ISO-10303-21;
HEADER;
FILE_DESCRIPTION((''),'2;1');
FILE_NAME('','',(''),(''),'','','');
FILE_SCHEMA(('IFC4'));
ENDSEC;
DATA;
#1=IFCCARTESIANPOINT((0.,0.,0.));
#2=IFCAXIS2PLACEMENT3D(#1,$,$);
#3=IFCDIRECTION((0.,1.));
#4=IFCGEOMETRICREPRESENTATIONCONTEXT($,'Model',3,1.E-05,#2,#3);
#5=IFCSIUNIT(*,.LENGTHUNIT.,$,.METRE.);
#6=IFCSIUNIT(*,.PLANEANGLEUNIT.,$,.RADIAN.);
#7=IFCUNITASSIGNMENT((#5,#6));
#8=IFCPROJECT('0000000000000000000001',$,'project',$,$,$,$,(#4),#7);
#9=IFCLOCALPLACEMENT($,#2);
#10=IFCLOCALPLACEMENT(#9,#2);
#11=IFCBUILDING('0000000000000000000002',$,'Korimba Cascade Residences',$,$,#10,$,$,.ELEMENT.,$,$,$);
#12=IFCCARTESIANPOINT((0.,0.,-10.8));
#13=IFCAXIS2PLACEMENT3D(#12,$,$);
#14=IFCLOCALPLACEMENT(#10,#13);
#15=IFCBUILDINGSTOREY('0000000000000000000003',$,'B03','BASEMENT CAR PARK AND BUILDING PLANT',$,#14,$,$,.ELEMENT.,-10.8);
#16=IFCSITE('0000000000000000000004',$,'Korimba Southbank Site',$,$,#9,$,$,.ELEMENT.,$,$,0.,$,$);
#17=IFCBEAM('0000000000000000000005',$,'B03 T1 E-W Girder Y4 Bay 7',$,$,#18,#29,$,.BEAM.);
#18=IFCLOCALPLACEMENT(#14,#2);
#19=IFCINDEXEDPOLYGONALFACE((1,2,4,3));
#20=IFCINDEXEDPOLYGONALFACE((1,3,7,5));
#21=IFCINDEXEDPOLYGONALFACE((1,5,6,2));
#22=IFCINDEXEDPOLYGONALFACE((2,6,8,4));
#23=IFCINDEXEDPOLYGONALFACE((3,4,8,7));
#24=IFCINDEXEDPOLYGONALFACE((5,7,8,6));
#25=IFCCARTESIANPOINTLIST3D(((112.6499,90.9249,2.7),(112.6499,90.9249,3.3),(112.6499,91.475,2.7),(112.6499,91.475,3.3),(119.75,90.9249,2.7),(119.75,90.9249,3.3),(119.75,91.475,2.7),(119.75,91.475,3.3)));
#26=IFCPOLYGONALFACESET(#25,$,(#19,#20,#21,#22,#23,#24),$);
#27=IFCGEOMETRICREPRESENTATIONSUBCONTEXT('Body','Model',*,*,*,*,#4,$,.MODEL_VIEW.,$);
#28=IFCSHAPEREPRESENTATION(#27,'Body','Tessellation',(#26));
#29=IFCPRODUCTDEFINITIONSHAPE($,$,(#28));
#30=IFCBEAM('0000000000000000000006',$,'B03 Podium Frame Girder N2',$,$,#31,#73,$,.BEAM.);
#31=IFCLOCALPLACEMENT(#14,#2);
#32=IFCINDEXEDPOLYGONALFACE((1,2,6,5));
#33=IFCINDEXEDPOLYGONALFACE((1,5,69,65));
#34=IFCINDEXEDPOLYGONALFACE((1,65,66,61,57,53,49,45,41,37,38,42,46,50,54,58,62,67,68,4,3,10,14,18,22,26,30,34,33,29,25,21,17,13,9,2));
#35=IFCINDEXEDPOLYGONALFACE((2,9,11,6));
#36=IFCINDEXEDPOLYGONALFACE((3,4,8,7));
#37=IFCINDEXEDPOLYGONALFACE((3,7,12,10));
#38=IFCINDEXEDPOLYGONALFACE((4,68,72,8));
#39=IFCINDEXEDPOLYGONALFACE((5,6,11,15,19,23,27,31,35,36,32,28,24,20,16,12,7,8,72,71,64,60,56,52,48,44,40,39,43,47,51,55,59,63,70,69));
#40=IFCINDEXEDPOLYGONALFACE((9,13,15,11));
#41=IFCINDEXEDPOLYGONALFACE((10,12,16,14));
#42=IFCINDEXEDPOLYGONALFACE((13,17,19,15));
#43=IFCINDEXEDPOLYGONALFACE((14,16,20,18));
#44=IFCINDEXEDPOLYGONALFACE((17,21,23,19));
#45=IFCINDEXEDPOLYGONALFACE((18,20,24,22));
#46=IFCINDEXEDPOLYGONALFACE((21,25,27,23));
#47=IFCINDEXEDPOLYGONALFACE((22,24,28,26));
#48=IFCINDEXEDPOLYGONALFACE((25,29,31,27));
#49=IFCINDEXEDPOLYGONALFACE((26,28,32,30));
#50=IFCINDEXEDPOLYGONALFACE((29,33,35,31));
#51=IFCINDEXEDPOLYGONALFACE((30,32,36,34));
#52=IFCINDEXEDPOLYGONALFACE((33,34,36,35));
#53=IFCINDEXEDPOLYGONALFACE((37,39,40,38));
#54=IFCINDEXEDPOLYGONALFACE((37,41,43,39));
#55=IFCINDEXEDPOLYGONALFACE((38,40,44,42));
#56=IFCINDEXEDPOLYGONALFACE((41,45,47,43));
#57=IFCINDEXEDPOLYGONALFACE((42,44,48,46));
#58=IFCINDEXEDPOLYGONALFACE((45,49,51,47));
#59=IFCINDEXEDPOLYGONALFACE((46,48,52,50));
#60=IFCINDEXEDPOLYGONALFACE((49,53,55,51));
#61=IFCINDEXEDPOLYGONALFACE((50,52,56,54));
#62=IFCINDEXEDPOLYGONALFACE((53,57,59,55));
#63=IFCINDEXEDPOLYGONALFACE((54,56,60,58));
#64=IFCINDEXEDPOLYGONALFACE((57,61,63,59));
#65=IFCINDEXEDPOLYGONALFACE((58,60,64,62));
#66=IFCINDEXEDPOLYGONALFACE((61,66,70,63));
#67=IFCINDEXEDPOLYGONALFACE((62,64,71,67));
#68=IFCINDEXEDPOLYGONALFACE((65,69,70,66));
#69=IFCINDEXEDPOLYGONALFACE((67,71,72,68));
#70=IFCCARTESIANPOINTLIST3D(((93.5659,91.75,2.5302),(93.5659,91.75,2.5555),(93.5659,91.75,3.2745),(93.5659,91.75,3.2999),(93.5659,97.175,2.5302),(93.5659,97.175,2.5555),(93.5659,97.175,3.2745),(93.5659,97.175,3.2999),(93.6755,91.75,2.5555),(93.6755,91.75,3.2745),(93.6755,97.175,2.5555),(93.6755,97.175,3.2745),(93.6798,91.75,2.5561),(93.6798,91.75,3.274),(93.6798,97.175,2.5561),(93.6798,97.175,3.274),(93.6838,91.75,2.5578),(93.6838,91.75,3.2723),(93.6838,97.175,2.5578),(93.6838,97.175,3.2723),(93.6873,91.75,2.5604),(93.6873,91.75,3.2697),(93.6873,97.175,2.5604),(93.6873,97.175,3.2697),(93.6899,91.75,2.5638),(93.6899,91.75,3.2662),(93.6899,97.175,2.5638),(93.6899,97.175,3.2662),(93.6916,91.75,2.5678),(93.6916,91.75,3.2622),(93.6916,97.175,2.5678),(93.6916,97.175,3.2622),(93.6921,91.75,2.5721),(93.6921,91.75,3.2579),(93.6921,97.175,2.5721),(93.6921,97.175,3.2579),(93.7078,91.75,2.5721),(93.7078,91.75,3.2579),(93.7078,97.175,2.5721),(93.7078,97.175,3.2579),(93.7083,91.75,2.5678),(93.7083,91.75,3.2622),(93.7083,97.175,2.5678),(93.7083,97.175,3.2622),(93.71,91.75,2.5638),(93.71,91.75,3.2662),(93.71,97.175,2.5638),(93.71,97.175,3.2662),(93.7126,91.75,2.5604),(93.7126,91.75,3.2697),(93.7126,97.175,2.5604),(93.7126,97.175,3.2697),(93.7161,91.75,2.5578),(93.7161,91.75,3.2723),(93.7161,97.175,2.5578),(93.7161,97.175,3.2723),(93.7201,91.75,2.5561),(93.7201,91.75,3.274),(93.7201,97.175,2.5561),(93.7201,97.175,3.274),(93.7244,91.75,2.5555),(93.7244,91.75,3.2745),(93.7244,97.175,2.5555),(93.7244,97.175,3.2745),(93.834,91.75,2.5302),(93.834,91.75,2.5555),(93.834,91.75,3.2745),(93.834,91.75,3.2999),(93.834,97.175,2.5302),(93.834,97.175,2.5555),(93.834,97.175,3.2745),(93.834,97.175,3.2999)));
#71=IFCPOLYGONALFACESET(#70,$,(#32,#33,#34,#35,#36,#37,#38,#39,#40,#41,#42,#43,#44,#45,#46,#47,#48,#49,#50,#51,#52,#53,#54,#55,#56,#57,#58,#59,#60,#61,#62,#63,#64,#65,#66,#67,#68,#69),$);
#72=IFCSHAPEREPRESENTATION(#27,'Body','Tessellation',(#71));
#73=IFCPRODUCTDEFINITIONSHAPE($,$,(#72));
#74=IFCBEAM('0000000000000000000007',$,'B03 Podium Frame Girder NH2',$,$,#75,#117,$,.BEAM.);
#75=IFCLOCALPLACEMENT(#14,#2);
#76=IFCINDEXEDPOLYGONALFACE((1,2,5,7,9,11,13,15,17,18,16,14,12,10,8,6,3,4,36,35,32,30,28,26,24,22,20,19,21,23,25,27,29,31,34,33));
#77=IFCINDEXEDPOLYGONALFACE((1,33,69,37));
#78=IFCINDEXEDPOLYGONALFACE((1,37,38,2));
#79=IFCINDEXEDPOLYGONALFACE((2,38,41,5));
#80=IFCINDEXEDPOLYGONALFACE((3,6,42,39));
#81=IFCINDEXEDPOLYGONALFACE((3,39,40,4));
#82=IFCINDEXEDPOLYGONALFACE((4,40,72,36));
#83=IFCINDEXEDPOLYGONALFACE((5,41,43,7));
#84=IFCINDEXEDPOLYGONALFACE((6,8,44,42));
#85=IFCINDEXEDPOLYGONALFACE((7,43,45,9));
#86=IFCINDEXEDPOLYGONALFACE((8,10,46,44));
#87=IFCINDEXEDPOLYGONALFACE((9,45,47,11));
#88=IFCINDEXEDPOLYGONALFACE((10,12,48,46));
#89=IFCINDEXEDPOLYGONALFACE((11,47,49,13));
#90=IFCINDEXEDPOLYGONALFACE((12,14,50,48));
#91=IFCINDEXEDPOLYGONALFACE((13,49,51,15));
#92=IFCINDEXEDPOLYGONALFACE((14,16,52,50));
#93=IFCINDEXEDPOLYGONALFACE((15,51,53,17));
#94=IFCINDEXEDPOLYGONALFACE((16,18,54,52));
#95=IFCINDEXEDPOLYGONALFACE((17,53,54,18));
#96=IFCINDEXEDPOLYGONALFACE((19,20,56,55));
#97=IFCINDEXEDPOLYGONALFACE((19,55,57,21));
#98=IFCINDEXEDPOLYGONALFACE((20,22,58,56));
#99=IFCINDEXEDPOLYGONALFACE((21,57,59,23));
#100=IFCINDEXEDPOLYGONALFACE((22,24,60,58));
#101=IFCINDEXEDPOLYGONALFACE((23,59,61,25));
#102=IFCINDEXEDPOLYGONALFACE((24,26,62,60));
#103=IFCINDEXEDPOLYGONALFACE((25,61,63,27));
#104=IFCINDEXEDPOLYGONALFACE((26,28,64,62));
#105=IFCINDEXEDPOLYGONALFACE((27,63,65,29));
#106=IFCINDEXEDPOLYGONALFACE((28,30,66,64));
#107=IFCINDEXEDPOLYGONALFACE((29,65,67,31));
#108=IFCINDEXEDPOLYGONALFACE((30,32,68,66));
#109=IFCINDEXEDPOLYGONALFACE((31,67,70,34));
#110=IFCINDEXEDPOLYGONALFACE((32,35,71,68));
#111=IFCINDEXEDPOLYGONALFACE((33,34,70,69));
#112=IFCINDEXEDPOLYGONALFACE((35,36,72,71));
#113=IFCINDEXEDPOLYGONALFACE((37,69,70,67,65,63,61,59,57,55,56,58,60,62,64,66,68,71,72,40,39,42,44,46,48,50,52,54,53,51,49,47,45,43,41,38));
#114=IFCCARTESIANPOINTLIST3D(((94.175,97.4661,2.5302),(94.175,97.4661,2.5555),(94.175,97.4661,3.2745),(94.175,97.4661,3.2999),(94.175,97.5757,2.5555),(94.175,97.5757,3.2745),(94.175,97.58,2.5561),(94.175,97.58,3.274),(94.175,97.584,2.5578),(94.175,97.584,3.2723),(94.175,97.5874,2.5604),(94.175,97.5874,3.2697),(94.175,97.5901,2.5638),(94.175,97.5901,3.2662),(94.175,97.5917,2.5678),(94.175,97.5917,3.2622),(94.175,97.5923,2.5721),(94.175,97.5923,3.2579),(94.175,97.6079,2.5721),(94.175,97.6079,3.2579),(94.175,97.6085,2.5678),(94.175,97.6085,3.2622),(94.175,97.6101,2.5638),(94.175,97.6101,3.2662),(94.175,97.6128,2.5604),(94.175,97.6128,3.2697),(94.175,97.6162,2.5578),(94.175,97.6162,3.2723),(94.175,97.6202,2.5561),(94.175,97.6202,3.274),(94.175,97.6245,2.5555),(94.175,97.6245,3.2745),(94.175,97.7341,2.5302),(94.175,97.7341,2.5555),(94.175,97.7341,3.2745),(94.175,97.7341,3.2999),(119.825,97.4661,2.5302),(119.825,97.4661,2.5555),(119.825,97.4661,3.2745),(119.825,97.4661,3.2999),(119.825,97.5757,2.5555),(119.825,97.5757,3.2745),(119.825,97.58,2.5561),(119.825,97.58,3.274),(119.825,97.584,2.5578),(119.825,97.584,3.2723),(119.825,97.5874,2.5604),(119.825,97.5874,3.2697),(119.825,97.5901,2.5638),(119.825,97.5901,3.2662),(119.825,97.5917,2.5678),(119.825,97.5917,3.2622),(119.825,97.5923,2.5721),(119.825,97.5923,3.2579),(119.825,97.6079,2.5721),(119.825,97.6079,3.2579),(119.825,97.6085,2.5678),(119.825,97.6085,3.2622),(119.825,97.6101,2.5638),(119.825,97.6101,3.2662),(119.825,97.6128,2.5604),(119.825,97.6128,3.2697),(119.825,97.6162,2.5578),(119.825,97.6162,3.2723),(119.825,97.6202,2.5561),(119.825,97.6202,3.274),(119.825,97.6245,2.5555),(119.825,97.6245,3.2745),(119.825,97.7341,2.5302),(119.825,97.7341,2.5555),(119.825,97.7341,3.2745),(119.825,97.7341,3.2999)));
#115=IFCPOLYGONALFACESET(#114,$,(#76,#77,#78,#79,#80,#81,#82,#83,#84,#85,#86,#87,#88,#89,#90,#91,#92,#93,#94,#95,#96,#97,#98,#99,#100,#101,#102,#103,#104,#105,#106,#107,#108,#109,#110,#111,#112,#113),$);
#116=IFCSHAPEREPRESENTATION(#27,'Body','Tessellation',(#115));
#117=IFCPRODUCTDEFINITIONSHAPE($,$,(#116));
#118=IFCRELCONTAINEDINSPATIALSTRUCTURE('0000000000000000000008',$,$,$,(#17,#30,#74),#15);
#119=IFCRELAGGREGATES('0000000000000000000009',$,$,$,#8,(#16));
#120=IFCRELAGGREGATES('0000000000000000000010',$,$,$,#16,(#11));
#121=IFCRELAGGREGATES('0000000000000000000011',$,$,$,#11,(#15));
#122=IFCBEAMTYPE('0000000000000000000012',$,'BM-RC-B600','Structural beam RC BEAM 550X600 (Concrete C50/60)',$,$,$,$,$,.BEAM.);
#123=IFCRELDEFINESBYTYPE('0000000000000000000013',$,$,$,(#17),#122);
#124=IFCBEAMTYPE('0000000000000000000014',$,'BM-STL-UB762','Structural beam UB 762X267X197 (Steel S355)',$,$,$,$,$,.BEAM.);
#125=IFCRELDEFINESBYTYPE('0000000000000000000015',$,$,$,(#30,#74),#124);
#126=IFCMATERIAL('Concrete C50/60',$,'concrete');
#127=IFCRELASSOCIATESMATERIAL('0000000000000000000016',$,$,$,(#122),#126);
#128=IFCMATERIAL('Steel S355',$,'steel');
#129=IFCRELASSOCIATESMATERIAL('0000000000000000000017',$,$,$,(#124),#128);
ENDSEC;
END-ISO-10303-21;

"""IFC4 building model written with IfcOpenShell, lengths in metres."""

from ifc_helpers import new_model, si_unit, direction, frame, origin, origin_2d, place, context, subcontext, project, spatial, rectangle, i_section, extrude, material, material_profile, profile_set, type_object, element, save


model = new_model("IFC4")

# Units and contexts
model_context = context("Model", 3, precision=1e-05, world=origin(), true_north=direction((0.0, 1.0)))
body_context = subcontext(model_context, "Body", "Model", "MODEL_VIEW")
ifc_project = project(units=[si_unit("LENGTHUNIT", "METRE"), si_unit("PLANEANGLEUNIT", "RADIAN")], contexts=[model_context])

# Site, building, storey
site_placement = place(None, origin())
site = spatial("IfcSite", under=ifc_project, at=site_placement, Name="Korimba Southbank Site", CompositionType="ELEMENT", RefElevation=0.0)
building_placement = place(site_placement, origin())
building = spatial("IfcBuilding", under=site, at=building_placement, Name="Korimba Cascade Residences", CompositionType="ELEMENT")
storey_placement = place(building_placement, frame((0.0, 0.0, -10.8)))
storey = spatial("IfcBuildingStorey", under=building, at=storey_placement, Name="B03", Description="BASEMENT CAR PARK AND BUILDING PLANT", CompositionType="ELEMENT", Elevation=-10.8)

# Shared definitions
ifc_material_1 = material(Name="Concrete C50/60", Category="concrete")

# Beams
ifc_material_profile_1 = material_profile(ifc_material_1, rectangle(XDim=0.55, YDim=0.6001, at=origin_2d()), Name="Concrete C50/60")
ifc_profile_set_1 = profile_set([ifc_material_profile_1], Name="Concrete C50/60")
beam_type_1 = type_object("IfcBeamType", Name="BM-RC-B600", Description="Structural beam RC BEAM 550X600 (Concrete C50/60)", PredefinedType="BEAM", material=ifc_profile_set_1)
beam_1_placement = place(storey_placement, frame((112.6499, 91.2, 3.0), z_axis=(1.0, 0.0, 0.0), x_axis=(0.0, 1.0, 0.0)))
element("IfcBeam", 1, at=beam_1_placement, inside=storey, type_object=beam_type_1, Name="B03 T1 E-W Girder Y4 Bay 7", PredefinedType="BEAM", context=body_context, shape_type="SweptSolid", body=[
    extrude(rectangle(XDim=0.55, YDim=0.6001, at=origin_2d()), origin(), (0.0, 0.0, 1.0), 7.1001),
])
ifc_material_2 = material(Name="Steel S355", Category="steel")
ifc_material_profile_2 = material_profile(ifc_material_2, i_section(OverallWidth=0.2681, OverallDepth=0.7698, WebThickness=0.0156, FlangeThickness=0.0254, FilletRadius=0.0166, at=origin_2d()), Name="Steel S355")
ifc_profile_set_2 = profile_set([ifc_material_profile_2], Name="Steel S355")
beam_type_2 = type_object("IfcBeamType", Name="BM-STL-UB762", Description="Structural beam UB 762X267X197 (Steel S355)", PredefinedType="BEAM", material=ifc_profile_set_2)
beam_2_placement = place(storey_placement, frame((93.7, 91.75, 2.915), z_axis=(0.0, 1.0, 0.0), x_axis=(-1.0, 0.0, 0.0)))
element("IfcBeam", 2, at=beam_2_placement, inside=storey, type_object=beam_type_2, Name="B03 Podium Frame Girder N2", PredefinedType="BEAM", context=body_context, shape_type="SweptSolid", body=[
    extrude(i_section(OverallWidth=0.2681, OverallDepth=0.7698, WebThickness=0.0156, FlangeThickness=0.0254, FilletRadius=0.0166, at=origin_2d()), origin(), (0.0, 0.0, 1.0), 5.425),
])
beam_3_placement = place(storey_placement, frame((94.175, 97.6001, 2.915), z_axis=(1.0, 0.0, 0.0), x_axis=(0.0, 1.0, 0.0)))
element("IfcBeam", 3, at=beam_3_placement, inside=storey, type_object=beam_type_2, Name="B03 Podium Frame Girder NH2", PredefinedType="BEAM", context=body_context, shape_type="SweptSolid", body=[
    extrude(i_section(OverallWidth=0.2681, OverallDepth=0.7698, WebThickness=0.0156, FlangeThickness=0.0254, FilletRadius=0.0166, at=origin_2d()), origin(), (0.0, 0.0, 1.0), 25.6499),
])

save(model, "model.ifc")
